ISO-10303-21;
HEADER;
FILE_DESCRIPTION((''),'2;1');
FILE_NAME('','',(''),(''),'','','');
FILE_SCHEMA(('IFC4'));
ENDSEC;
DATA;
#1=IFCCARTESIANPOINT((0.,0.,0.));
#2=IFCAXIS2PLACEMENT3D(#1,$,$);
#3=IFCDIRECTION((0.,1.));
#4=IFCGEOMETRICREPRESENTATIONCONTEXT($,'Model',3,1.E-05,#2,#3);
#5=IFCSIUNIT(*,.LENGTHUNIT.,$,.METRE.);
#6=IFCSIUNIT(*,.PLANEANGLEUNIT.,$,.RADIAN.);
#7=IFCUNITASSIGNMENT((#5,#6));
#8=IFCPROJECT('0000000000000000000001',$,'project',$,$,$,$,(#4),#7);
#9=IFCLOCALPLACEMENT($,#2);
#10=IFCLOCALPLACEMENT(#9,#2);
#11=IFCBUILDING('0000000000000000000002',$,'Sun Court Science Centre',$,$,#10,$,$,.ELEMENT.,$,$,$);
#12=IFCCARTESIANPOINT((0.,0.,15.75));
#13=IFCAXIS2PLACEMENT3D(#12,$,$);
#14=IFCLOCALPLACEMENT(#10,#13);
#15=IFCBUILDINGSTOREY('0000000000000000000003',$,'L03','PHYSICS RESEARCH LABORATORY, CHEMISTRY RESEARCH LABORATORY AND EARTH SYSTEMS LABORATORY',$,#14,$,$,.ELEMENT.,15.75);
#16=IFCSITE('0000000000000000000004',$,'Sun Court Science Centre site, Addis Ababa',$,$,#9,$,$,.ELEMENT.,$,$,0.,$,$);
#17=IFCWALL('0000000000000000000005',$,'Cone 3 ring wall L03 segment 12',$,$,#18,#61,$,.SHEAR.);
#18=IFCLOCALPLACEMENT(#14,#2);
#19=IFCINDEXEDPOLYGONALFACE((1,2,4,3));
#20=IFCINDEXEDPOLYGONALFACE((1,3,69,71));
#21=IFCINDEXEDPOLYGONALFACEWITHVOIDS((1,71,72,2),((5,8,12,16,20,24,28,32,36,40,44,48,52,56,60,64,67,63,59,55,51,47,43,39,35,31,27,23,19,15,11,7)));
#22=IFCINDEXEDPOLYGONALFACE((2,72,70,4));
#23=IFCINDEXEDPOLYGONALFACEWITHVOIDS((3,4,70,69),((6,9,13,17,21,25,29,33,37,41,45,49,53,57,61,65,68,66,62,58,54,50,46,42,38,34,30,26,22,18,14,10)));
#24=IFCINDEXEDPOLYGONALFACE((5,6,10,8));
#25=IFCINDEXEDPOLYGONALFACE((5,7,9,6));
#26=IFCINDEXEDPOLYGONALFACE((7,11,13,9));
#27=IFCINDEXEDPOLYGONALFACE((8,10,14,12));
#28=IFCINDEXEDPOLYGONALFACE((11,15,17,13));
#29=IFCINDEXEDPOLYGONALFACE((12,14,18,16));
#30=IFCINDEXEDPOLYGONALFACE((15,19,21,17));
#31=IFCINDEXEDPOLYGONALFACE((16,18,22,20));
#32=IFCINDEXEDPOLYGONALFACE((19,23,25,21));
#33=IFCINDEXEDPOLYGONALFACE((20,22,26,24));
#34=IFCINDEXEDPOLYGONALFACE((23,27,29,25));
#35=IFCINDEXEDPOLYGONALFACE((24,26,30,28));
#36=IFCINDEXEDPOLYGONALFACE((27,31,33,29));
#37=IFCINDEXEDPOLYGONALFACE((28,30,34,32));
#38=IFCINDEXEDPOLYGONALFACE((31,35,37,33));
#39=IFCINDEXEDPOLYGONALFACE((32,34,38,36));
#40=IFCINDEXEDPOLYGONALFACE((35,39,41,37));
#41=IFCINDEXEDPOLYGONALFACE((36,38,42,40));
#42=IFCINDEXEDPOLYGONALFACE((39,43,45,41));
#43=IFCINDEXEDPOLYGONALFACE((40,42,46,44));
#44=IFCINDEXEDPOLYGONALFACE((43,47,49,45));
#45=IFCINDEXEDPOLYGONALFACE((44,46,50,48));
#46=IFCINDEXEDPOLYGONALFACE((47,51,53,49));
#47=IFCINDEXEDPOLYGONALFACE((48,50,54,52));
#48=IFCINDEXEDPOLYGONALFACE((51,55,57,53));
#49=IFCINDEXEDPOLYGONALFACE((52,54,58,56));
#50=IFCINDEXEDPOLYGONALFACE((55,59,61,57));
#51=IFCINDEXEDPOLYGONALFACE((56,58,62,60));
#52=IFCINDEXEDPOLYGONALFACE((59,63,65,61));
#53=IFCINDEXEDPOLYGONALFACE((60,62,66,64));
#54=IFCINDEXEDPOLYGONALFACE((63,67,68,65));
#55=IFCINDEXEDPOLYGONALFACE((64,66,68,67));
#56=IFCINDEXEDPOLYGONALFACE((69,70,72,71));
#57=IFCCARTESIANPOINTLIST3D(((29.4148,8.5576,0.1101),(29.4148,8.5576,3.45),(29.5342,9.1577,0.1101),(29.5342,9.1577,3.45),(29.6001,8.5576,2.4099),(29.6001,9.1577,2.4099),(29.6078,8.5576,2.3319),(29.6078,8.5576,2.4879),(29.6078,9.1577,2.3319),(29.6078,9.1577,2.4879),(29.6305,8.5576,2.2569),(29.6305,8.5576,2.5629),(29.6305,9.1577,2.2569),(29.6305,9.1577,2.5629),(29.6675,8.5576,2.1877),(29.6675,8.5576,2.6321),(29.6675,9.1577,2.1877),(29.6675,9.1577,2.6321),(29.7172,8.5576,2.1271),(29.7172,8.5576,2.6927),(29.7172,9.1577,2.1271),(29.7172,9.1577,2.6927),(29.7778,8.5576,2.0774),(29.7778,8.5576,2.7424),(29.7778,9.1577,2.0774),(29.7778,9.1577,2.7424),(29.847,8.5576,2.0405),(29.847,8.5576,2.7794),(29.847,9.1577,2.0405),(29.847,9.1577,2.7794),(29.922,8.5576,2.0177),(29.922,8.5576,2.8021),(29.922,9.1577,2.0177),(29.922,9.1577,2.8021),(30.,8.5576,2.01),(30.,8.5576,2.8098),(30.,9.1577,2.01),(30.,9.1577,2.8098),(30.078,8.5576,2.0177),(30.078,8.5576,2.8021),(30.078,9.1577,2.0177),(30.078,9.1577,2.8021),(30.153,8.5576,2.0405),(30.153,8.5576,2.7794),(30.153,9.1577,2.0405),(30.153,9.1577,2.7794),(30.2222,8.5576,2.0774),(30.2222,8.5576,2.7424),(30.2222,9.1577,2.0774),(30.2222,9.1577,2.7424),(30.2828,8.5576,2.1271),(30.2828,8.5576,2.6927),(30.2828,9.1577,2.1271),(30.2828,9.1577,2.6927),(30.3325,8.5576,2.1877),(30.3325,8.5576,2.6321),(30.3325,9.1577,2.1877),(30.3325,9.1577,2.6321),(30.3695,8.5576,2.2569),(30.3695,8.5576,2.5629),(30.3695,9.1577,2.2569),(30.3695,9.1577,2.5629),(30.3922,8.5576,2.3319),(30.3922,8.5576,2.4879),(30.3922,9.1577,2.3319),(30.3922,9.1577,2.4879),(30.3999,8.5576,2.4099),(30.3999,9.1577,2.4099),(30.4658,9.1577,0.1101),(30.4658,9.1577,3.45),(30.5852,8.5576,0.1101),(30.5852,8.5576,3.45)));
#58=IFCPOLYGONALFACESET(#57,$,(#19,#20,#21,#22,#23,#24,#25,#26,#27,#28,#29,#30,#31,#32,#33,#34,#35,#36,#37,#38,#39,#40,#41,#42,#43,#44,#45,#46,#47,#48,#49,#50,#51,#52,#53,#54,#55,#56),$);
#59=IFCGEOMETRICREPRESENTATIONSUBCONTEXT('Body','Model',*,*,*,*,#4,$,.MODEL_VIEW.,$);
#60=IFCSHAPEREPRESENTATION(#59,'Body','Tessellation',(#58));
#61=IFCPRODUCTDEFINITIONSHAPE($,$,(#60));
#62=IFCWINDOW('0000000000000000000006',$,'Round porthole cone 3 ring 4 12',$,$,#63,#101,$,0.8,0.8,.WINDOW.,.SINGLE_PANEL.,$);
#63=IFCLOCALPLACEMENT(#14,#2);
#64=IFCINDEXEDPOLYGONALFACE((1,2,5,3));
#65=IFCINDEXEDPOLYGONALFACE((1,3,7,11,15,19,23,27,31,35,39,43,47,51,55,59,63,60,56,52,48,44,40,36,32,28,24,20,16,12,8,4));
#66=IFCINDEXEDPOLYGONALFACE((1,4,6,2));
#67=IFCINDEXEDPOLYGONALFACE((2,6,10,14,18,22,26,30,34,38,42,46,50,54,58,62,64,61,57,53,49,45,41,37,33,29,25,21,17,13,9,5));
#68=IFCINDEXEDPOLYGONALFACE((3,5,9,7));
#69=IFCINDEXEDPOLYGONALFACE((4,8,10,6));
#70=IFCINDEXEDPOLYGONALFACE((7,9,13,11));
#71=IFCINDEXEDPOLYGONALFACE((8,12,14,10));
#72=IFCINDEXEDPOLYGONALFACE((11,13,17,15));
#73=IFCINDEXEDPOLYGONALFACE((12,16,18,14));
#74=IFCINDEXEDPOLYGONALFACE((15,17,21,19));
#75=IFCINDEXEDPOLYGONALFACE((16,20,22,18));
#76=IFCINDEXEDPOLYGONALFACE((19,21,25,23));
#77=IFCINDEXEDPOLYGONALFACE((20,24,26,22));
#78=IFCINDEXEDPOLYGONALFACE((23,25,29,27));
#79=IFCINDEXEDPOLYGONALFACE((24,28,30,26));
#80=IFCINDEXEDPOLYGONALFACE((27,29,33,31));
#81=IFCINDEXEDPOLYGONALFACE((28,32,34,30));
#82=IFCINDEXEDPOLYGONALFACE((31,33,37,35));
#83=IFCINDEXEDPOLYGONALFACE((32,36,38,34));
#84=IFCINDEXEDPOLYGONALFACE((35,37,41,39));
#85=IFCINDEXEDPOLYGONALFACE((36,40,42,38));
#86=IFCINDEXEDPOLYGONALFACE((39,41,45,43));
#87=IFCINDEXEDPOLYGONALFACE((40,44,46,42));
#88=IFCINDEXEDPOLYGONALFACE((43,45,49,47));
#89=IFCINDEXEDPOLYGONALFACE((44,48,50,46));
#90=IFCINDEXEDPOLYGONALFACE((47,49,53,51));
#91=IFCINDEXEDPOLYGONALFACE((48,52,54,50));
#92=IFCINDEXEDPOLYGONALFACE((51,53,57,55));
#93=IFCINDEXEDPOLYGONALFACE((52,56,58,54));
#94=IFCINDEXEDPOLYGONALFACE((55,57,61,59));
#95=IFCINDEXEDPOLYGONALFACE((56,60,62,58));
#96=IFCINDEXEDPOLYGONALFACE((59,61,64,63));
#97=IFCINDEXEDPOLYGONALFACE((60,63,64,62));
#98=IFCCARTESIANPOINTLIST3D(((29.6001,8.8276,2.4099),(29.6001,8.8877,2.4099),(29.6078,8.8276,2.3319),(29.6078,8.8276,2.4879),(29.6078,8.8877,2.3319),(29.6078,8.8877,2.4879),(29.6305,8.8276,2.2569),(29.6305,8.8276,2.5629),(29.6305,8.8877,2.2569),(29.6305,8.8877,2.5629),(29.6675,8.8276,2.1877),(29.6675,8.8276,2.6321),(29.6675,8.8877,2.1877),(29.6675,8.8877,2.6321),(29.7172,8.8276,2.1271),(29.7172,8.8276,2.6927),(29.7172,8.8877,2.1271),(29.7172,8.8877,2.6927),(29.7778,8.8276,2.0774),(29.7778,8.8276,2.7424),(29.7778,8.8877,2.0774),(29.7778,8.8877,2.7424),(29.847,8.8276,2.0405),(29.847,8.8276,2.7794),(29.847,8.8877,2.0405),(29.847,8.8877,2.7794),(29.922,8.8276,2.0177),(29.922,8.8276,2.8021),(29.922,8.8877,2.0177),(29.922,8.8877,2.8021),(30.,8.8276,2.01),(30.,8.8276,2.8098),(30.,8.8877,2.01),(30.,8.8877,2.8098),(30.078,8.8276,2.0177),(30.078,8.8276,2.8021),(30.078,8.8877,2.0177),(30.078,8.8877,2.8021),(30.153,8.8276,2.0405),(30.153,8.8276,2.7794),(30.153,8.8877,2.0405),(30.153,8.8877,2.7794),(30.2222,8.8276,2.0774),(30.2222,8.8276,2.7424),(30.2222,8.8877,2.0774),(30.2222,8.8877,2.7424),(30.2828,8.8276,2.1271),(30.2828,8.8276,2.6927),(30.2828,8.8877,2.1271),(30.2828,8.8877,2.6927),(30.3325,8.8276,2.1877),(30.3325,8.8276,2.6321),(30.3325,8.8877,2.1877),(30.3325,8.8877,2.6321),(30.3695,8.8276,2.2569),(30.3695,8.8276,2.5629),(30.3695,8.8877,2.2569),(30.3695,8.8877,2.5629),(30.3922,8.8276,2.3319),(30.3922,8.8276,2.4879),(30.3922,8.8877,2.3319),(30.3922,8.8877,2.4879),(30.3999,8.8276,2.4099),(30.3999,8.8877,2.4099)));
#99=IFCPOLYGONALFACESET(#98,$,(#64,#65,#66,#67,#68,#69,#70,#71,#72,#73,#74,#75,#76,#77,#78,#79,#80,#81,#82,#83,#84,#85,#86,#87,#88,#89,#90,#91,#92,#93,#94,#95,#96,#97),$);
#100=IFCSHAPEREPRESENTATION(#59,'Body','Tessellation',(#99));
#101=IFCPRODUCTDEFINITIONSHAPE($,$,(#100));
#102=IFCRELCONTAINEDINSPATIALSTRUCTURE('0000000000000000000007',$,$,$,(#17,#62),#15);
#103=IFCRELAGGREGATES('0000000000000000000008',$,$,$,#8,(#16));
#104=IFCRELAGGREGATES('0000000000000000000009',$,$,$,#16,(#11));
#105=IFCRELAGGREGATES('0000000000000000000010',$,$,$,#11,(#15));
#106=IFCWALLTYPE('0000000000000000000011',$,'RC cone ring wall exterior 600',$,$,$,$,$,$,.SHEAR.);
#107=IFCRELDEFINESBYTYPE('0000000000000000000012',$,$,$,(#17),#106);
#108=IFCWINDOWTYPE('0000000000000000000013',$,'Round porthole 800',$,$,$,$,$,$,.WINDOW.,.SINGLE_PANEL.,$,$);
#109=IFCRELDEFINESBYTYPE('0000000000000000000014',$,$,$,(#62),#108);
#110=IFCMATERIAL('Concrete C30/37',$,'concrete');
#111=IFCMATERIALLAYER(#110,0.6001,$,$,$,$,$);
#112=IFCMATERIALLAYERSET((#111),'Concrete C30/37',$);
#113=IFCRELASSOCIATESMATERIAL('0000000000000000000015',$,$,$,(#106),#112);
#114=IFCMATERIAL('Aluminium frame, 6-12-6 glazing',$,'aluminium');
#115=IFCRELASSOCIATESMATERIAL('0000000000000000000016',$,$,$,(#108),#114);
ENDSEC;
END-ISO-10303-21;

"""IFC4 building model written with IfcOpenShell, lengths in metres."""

from ifc_helpers import new_model, si_unit, direction, frame, frame_2d, origin, place, context, subcontext, project, spatial, polyline, circle, outline, extrude, material, layer, layer_set, type_object, element, fill, save


model = new_model("IFC4")

# Units and contexts
model_context = context("Model", 3, precision=1e-05, world=origin(), true_north=direction((0.0, 1.0)))
body_context = subcontext(model_context, "Body", "Model", "MODEL_VIEW")
ifc_project = project(units=[si_unit("LENGTHUNIT", "METRE"), si_unit("PLANEANGLEUNIT", "RADIAN")], contexts=[model_context])

# Site, building, storey
site_placement = place(None, origin())
site = spatial("IfcSite", under=ifc_project, at=site_placement, Name="Sun Court Science Centre site, Addis Ababa", CompositionType="ELEMENT", RefElevation=0.0)
building_placement = place(site_placement, origin())
building = spatial("IfcBuilding", under=site, at=building_placement, Name="Sun Court Science Centre", CompositionType="ELEMENT")
storey_placement = place(building_placement, frame((0.0, 0.0, 15.75)))
storey = spatial("IfcBuildingStorey", under=building, at=storey_placement, Name="L03", Description="PHYSICS RESEARCH LABORATORY, CHEMISTRY RESEARCH LABORATORY AND EARTH SYSTEMS LABORATORY", CompositionType="ELEMENT", Elevation=15.75)

# Wall, opening, window
ifc_material_1 = material(Name="Concrete C30/37", Category="concrete")
ifc_layer_1 = layer(ifc_material_1, 0.6001)
ifc_layer_set_1 = layer_set([ifc_layer_1], Name="Concrete C30/37")
wall_type = type_object("IfcWallType", Name="RC cone ring wall exterior 600", PredefinedType="SHEAR", material=ifc_layer_set_1)
wall_1_placement = place(storey_placement, frame((29.4148, 8.8577, 0.1101), z_axis=(0.0, 0.0, 1.0), x_axis=(1.0, 0.0, 0.0)))
wall_1 = element("IfcWall", 1, at=wall_1_placement, inside=storey, type_object=wall_type, Name="Cone 3 ring wall L03 segment 12", PredefinedType="SHEAR", context=body_context, shape_type="SweptSolid", body=[
    extrude(outline(polyline([(0.0, -0.3), (1.1704, -0.3), (1.051, 0.3), (0.1194, 0.3), (0.0, -0.3)])), origin(), (0.0, 0.0, 1.0), 3.3398),
])
opening_1_placement = place(wall_1_placement, frame((0.1853, 0.0, 1.8999)))
opening_1 = element("IfcOpeningElement", 2, at=opening_1_placement, cuts=wall_1, PredefinedType="OPENING", context=body_context, shape_type="SweptSolid", body=[
    extrude(circle(Radius=0.3999, at=frame_2d((0.3999, 0.3999))), frame((0.0, 0.3101, 0.0), z_axis=(0.0, -1.0, 0.0), x_axis=(1.0, 0.0, 0.0)), (0.0, 0.0, 1.0), 0.6201),
])
ifc_material_2 = material(Name="Aluminium frame, 6-12-6 glazing", Category="aluminium")
window_type = type_object("IfcWindowType", Name="Round porthole 800", PartitioningType="SINGLE_PANEL", PredefinedType="WINDOW", material=ifc_material_2)
window_1_placement = place(opening_1_placement, origin())
window_1 = element("IfcWindow", 3, at=window_1_placement, inside=storey, type_object=window_type, Name="Round porthole cone 3 ring 4 12", OverallHeight=0.8, OverallWidth=0.8, PartitioningType="SINGLE_PANEL", PredefinedType="WINDOW", context=body_context, shape_type="SweptSolid", body=[
    extrude(circle(Radius=0.3999, at=frame_2d((0.3999, 0.3999))), frame((0.0, 0.03, 0.0), z_axis=(0.0, -1.0, 0.0), x_axis=(1.0, 0.0, 0.0)), (0.0, 0.0, 1.0), 0.0601),
])
fill(opening_1, window_1)

save(model, "model.ifc")
